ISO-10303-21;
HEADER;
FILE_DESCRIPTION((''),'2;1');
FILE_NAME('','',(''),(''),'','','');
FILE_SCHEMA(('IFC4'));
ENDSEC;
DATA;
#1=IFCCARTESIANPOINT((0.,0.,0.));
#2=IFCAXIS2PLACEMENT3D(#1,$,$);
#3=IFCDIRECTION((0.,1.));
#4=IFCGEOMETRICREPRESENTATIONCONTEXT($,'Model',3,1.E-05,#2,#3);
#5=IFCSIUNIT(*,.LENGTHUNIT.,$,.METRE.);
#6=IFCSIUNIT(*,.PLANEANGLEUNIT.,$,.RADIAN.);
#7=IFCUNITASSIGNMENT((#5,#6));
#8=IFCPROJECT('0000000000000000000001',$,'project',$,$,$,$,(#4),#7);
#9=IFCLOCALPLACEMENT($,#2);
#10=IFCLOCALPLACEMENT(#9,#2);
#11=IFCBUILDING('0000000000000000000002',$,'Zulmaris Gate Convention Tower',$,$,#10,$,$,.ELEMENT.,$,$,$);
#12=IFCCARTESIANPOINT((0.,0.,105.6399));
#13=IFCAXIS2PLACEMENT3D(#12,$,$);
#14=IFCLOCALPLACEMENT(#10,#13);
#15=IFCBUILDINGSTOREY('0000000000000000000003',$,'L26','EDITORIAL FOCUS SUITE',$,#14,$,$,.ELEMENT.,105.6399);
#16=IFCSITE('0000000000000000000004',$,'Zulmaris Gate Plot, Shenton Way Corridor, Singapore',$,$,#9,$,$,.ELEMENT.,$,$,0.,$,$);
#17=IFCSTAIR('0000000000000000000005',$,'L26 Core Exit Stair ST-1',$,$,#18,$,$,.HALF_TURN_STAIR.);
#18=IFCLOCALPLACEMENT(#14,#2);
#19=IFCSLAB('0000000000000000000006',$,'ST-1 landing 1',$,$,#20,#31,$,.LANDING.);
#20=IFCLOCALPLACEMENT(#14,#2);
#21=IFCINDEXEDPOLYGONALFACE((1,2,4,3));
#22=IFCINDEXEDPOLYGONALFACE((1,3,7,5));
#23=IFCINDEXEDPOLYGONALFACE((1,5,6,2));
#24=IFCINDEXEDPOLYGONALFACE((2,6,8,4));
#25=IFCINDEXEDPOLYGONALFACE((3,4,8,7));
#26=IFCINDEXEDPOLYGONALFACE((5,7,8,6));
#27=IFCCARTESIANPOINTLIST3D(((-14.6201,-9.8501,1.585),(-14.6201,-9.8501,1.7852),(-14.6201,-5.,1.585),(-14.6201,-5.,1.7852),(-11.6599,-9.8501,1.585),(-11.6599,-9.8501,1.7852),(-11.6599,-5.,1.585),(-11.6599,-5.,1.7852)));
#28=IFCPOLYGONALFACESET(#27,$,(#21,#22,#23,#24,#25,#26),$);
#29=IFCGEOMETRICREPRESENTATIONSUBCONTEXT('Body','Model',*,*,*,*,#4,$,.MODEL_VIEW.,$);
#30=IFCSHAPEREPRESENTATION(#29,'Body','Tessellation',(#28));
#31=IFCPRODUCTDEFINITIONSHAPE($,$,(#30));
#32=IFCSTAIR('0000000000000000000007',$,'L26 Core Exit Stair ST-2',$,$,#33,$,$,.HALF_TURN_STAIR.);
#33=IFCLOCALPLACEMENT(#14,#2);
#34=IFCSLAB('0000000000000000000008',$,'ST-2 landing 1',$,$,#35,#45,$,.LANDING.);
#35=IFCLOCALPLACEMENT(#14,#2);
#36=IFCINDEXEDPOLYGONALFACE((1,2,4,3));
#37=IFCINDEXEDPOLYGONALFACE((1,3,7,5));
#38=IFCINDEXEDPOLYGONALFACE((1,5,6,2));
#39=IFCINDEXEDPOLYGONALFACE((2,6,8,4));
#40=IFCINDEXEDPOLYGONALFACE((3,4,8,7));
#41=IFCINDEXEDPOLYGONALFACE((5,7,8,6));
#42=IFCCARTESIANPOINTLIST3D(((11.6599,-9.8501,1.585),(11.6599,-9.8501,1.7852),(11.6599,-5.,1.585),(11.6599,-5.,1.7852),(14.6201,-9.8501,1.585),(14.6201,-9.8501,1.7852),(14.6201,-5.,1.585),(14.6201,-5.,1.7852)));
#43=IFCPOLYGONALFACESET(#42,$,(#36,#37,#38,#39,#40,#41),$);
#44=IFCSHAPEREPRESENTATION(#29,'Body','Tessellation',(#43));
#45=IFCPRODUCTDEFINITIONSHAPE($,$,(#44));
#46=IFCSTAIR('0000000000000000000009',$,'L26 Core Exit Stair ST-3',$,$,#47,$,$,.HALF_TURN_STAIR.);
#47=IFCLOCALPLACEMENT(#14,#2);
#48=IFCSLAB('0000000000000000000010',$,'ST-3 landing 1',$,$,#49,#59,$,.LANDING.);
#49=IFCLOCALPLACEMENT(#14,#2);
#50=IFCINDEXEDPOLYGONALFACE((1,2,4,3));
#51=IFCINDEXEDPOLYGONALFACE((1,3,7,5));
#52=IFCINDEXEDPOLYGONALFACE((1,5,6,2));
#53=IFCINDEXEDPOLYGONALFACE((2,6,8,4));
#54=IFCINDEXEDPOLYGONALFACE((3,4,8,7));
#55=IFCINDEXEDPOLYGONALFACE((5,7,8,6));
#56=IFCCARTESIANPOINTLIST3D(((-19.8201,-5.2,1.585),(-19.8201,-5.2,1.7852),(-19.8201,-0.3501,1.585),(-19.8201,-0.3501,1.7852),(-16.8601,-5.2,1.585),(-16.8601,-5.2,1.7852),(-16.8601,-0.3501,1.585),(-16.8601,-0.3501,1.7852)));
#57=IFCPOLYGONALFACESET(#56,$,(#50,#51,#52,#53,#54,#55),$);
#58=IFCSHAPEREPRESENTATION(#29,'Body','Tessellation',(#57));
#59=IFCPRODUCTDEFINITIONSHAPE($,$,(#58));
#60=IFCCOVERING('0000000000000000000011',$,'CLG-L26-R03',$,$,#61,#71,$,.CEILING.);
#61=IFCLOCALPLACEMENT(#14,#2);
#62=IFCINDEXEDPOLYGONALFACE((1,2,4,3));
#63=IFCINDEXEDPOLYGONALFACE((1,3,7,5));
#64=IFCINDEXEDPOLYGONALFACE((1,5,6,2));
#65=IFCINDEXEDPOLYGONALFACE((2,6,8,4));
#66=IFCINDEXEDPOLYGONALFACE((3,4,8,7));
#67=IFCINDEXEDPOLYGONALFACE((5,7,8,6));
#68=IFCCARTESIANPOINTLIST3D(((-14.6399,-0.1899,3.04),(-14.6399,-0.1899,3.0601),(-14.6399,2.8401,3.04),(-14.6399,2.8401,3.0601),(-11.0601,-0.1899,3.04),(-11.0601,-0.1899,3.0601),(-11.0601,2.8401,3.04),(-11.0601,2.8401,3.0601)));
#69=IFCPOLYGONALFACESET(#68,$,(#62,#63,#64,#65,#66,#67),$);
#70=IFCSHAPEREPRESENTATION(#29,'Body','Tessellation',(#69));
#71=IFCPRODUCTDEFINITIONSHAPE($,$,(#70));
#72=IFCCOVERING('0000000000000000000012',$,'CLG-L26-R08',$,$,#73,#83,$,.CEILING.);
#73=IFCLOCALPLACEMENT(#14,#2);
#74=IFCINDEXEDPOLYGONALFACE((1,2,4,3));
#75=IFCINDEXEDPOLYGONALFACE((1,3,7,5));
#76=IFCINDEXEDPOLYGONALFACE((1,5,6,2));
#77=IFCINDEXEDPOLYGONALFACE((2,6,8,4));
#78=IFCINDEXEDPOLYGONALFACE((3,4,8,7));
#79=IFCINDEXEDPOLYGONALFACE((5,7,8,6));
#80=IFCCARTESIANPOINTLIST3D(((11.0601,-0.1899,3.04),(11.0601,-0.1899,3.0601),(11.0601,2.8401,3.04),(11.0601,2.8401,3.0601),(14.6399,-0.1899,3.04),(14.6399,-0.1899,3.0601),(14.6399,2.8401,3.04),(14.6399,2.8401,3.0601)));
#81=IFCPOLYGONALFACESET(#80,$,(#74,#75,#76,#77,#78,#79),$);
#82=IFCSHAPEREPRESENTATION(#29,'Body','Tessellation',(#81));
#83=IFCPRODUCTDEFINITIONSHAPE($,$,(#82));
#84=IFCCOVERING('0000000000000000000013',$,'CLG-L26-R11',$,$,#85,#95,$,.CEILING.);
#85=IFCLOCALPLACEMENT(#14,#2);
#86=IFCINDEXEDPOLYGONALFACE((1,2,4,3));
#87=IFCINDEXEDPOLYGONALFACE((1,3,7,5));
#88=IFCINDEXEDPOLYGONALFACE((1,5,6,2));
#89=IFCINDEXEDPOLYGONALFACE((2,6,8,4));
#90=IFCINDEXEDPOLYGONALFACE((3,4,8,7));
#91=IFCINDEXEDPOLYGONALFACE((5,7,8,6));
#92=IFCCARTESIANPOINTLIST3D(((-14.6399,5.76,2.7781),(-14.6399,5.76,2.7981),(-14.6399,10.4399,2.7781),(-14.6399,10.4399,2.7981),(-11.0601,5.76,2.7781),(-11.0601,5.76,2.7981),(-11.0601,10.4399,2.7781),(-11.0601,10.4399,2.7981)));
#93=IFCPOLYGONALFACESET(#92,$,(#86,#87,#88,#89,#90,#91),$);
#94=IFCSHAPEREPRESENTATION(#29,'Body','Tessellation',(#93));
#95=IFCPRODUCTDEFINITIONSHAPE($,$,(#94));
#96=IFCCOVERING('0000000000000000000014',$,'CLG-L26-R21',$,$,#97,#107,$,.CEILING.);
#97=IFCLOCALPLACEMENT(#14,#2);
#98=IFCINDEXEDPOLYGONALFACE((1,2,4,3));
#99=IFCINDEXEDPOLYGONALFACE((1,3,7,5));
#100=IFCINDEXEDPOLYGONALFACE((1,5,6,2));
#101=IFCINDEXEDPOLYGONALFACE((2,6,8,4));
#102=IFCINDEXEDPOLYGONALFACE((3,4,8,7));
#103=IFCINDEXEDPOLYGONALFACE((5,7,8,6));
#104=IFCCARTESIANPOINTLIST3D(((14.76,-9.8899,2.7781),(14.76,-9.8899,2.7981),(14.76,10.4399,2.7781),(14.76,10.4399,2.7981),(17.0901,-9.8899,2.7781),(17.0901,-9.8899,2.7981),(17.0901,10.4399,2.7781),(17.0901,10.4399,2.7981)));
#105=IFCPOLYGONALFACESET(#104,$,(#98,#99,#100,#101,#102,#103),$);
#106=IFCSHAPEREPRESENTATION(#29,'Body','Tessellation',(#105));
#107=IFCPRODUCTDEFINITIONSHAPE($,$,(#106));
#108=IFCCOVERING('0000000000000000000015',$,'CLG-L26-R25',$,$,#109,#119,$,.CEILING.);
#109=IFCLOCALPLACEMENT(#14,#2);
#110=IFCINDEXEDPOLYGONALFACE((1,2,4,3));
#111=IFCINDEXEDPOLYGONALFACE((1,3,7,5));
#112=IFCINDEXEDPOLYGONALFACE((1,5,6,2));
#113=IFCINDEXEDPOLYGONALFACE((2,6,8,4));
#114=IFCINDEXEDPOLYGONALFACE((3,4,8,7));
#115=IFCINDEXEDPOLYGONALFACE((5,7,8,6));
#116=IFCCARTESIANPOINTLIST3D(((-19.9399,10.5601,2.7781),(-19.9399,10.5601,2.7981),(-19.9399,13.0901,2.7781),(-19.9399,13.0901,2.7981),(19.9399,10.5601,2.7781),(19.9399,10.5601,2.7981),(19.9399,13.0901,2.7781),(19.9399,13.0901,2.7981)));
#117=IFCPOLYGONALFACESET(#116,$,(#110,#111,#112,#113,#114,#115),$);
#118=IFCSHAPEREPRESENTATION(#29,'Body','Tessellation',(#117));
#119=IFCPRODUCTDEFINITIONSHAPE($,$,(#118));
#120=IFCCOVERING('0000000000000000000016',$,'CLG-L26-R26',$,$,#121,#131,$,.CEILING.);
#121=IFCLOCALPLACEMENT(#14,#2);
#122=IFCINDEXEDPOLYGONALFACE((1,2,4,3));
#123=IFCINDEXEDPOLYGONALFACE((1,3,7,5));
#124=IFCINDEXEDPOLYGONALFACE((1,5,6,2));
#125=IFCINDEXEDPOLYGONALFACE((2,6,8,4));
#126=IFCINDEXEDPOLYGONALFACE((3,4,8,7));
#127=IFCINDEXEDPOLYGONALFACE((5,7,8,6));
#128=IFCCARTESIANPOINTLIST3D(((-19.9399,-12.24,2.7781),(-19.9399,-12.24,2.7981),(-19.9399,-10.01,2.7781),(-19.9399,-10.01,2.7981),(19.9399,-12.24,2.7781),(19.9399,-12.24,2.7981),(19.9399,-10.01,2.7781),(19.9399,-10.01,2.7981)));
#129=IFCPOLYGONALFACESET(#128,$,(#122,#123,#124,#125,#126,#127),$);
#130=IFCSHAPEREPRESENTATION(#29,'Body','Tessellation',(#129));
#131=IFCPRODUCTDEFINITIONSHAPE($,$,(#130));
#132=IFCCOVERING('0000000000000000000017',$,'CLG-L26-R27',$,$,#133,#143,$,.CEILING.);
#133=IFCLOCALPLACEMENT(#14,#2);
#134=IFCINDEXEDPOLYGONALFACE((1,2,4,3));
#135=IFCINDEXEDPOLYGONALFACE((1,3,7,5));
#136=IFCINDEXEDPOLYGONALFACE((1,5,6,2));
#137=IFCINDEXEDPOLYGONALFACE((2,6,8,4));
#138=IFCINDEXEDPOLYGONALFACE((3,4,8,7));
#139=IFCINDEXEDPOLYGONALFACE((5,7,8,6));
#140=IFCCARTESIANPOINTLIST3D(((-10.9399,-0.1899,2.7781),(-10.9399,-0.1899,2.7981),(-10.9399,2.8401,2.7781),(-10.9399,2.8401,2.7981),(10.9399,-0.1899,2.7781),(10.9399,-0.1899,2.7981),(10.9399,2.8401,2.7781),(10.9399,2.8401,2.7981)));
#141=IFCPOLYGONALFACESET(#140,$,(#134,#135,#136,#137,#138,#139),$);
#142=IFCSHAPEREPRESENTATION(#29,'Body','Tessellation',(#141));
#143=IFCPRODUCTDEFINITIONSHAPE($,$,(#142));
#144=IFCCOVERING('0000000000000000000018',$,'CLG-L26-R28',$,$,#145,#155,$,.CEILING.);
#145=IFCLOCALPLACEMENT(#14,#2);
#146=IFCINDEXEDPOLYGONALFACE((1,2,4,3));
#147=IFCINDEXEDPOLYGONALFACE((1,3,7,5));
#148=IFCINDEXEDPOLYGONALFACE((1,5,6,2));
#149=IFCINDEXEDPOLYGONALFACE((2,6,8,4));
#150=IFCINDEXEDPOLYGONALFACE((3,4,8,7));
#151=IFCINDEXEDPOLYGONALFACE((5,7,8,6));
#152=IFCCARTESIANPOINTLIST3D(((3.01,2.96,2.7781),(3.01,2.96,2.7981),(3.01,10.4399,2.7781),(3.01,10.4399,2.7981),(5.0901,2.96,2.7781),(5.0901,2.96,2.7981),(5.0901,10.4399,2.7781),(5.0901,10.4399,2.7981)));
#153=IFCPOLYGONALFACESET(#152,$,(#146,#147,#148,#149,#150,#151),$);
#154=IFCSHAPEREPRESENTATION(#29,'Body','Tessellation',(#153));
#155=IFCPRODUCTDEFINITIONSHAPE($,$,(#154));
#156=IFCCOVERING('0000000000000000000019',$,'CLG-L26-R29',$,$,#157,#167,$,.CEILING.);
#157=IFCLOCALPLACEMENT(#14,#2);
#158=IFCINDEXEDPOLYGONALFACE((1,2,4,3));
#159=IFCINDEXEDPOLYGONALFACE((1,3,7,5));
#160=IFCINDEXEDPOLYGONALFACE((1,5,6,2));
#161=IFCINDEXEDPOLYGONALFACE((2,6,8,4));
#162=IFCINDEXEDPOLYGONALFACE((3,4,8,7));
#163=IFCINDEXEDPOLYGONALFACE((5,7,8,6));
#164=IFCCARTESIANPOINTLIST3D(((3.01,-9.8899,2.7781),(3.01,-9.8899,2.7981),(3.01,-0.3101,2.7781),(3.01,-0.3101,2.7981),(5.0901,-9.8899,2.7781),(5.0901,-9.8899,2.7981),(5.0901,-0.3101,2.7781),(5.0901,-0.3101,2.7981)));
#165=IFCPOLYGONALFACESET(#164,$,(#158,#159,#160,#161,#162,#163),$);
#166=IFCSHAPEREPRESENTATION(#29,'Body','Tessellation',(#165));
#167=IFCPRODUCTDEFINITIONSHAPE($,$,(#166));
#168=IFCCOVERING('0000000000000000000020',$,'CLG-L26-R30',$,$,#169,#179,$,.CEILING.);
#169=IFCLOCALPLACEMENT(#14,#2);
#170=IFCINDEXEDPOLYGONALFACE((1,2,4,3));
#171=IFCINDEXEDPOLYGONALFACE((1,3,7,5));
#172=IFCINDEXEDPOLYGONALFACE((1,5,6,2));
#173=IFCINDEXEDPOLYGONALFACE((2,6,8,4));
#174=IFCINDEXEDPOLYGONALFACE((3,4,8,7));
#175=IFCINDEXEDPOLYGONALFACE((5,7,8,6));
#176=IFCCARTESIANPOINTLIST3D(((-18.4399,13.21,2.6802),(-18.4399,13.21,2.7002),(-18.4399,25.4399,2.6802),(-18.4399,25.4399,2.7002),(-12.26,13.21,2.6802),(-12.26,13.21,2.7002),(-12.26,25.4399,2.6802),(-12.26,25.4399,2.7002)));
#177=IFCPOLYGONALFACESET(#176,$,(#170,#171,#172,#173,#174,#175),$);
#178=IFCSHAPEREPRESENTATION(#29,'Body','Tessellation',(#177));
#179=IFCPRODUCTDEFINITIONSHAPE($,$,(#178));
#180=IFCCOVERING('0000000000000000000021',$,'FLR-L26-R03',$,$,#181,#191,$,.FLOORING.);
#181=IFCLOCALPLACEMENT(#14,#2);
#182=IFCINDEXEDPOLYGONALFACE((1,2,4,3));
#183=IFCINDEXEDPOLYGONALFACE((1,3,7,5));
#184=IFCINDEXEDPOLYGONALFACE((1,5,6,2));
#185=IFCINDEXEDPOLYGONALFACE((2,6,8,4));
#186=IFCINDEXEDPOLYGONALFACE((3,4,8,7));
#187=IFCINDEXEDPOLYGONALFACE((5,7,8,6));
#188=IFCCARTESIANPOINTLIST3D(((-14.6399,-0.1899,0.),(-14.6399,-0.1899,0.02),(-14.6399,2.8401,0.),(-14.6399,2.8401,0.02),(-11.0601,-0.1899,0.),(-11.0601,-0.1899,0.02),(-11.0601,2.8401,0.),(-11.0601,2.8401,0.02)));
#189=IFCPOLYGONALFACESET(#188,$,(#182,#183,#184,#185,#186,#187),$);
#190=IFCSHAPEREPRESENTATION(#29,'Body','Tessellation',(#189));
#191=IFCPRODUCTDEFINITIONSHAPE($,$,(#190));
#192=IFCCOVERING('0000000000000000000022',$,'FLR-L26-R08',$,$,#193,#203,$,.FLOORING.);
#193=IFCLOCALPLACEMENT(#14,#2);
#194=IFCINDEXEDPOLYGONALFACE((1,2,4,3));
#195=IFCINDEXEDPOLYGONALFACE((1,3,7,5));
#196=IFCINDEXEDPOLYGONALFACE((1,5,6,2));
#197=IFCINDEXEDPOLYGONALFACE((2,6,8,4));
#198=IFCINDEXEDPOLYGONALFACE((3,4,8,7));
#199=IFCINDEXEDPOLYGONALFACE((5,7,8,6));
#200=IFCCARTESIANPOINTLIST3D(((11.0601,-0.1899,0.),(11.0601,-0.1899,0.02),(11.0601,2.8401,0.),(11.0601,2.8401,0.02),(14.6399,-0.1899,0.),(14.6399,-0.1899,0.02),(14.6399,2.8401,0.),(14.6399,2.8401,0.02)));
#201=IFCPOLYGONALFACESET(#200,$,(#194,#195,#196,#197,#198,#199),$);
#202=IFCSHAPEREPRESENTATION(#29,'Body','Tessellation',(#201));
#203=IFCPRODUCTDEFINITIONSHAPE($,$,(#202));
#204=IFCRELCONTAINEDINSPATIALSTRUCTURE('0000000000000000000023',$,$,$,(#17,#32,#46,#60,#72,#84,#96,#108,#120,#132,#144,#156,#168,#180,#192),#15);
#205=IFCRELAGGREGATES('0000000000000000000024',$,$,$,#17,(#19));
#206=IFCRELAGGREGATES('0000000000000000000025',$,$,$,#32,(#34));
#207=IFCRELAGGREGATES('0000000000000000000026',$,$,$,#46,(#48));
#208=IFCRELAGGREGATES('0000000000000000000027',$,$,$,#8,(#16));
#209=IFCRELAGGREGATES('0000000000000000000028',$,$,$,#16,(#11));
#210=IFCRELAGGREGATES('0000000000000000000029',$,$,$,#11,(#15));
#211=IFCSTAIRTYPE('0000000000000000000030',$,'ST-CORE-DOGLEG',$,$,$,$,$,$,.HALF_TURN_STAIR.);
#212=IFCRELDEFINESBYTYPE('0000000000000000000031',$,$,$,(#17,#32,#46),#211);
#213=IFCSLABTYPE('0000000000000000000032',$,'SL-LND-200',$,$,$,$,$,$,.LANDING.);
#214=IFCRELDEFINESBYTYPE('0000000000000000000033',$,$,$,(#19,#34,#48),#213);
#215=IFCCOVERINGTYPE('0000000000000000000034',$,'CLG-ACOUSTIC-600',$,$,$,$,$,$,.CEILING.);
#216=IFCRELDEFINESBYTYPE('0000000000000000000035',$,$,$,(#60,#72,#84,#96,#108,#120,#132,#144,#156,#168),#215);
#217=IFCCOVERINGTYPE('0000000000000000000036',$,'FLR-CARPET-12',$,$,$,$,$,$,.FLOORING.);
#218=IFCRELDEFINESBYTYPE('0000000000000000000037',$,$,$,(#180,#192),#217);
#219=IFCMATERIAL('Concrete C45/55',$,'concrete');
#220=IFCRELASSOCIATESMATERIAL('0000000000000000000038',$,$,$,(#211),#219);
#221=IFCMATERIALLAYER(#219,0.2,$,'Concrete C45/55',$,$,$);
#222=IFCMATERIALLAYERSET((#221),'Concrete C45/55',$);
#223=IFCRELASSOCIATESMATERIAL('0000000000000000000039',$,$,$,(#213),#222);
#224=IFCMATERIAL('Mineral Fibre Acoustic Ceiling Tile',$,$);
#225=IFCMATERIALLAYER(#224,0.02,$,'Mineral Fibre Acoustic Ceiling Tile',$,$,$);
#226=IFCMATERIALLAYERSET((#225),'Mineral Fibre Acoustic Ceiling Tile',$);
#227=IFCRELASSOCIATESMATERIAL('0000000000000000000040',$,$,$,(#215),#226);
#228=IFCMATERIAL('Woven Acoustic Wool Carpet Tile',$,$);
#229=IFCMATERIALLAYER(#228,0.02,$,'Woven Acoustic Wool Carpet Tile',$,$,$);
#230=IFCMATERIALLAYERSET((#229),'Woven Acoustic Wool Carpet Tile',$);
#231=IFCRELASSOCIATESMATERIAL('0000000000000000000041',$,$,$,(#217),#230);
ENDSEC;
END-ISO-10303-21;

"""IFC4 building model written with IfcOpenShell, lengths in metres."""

from ifc_helpers import new_model, si_unit, direction, frame, origin, place, context, subcontext, project, spatial, polyline, outline, extrude, material, layer, layer_set, type_object, element, aggregate, save


model = new_model("IFC4")

# Units and contexts
model_context = context("Model", 3, precision=1e-05, world=origin(), true_north=direction((0.0, 1.0)))
body_context = subcontext(model_context, "Body", "Model", "MODEL_VIEW")
ifc_project = project(units=[si_unit("LENGTHUNIT", "METRE"), si_unit("PLANEANGLEUNIT", "RADIAN")], contexts=[model_context])

# Site, building, storey
site_placement = place(None, origin())
site = spatial("IfcSite", under=ifc_project, at=site_placement, Name="Zulmaris Gate Plot, Shenton Way Corridor, Singapore", CompositionType="ELEMENT", RefElevation=0.0)
building_placement = place(site_placement, origin())
building = spatial("IfcBuilding", under=site, at=building_placement, Name="Zulmaris Gate Convention Tower", CompositionType="ELEMENT")
storey_placement = place(building_placement, frame((0.0, 0.0, 105.6399)))
storey = spatial("IfcBuildingStorey", under=building, at=storey_placement, Name="L26", Description="EDITORIAL FOCUS SUITE", CompositionType="ELEMENT", Elevation=105.6399)

# Stairs, slabs
ifc_material_1 = material(Name="Concrete C45/55", Category="concrete")
stair_type = type_object("IfcStairType", Name="ST-CORE-DOGLEG", PredefinedType="HALF_TURN_STAIR", material=ifc_material_1)
stair_1_placement = place(storey_placement, origin())
stair_1 = element("IfcStair", 1, at=stair_1_placement, inside=storey, type_object=stair_type, Name="L26 Core Exit Stair ST-1", PredefinedType="HALF_TURN_STAIR")
ifc_layer_1 = layer(ifc_material_1, 0.2, Name="Concrete C45/55")
ifc_layer_set_1 = layer_set([ifc_layer_1], Name="Concrete C45/55")
slab_type = type_object("IfcSlabType", Name="SL-LND-200", PredefinedType="LANDING", material=ifc_layer_set_1)
slab_1_placement = place(storey_placement, frame((0.0, 0.0, 1.585)))
slab_1 = element("IfcSlab", 2, at=slab_1_placement, type_object=slab_type, Name="ST-1 landing 1", PredefinedType="LANDING", context=body_context, shape_type="SweptSolid", body=[
    extrude(outline(polyline([(-14.6201, -5.0), (-14.6201, -9.8501), (-11.6599, -9.8501), (-11.6599, -5.0), (-14.6201, -5.0)])), origin(), (0.0, 0.0, 1.0), 0.2002),
])
aggregate(stair_1, [slab_1])
stair_2_placement = place(storey_placement, origin())
stair_2 = element("IfcStair", 3, at=stair_2_placement, inside=storey, type_object=stair_type, Name="L26 Core Exit Stair ST-2", PredefinedType="HALF_TURN_STAIR")
slab_2_placement = place(storey_placement, frame((0.0, 0.0, 1.585)))
slab_2 = element("IfcSlab", 4, at=slab_2_placement, type_object=slab_type, Name="ST-2 landing 1", PredefinedType="LANDING", context=body_context, shape_type="SweptSolid", body=[
    extrude(outline(polyline([(11.6599, -5.0), (11.6599, -9.8501), (14.6201, -9.8501), (14.6201, -5.0), (11.6599, -5.0)])), origin(), (0.0, 0.0, 1.0), 0.2002),
])
aggregate(stair_2, [slab_2])
stair_3_placement = place(storey_placement, origin())
stair_3 = element("IfcStair", 5, at=stair_3_placement, inside=storey, type_object=stair_type, Name="L26 Core Exit Stair ST-3", PredefinedType="HALF_TURN_STAIR")
slab_3_placement = place(storey_placement, frame((0.0, 0.0, 1.585)))
slab_3 = element("IfcSlab", 6, at=slab_3_placement, type_object=slab_type, Name="ST-3 landing 1", PredefinedType="LANDING", context=body_context, shape_type="SweptSolid", body=[
    extrude(outline(polyline([(-16.8601, -5.2), (-16.8601, -0.3501), (-19.8201, -0.3501), (-19.8201, -5.2), (-16.8601, -5.2)])), origin(), (0.0, 0.0, 1.0), 0.2002),
])
aggregate(stair_3, [slab_3])

# Coverings
ifc_material_2 = material(Name="Mineral Fibre Acoustic Ceiling Tile")
ifc_layer_2 = layer(ifc_material_2, 0.02, Name="Mineral Fibre Acoustic Ceiling Tile")
ifc_layer_set_2 = layer_set([ifc_layer_2], Name="Mineral Fibre Acoustic Ceiling Tile")
covering_type_1 = type_object("IfcCoveringType", Name="CLG-ACOUSTIC-600", PredefinedType="CEILING", material=ifc_layer_set_2)
covering_1_placement = place(storey_placement, frame((0.0, 0.0, 3.04)))
element("IfcCovering", 7, at=covering_1_placement, inside=storey, type_object=covering_type_1, Name="CLG-L26-R03", PredefinedType="CEILING", context=body_context, shape_type="SweptSolid", body=[
    extrude(outline(polyline([(-14.6399, -0.1899), (-11.0601, -0.1899), (-11.0601, 2.8401), (-14.6399, 2.8401), (-14.6399, -0.1899)])), origin(), (0.0, 0.0, 1.0), 0.02),
])
covering_2_placement = place(storey_placement, frame((0.0, 0.0, 3.04)))
element("IfcCovering", 8, at=covering_2_placement, inside=storey, type_object=covering_type_1, Name="CLG-L26-R08", PredefinedType="CEILING", context=body_context, shape_type="SweptSolid", body=[
    extrude(outline(polyline([(11.0601, -0.1899), (14.6399, -0.1899), (14.6399, 2.8401), (11.0601, 2.8401), (11.0601, -0.1899)])), origin(), (0.0, 0.0, 1.0), 0.02),
])
covering_3_placement = place(storey_placement, frame((0.0, 0.0, 2.7781)))
element("IfcCovering", 9, at=covering_3_placement, inside=storey, type_object=covering_type_1, Name="CLG-L26-R11", PredefinedType="CEILING", context=body_context, shape_type="SweptSolid", body=[
    extrude(outline(polyline([(-14.6399, 5.76), (-11.0601, 5.76), (-11.0601, 10.4399), (-14.6399, 10.4399), (-14.6399, 5.76)])), origin(), (0.0, 0.0, 1.0), 0.02),
])
covering_4_placement = place(storey_placement, frame((0.0, 0.0, 2.7781)))
element("IfcCovering", 10, at=covering_4_placement, inside=storey, type_object=covering_type_1, Name="CLG-L26-R21", PredefinedType="CEILING", context=body_context, shape_type="SweptSolid", body=[
    extrude(outline(polyline([(14.76, -9.8899), (17.0901, -9.8899), (17.0901, 10.4399), (14.76, 10.4399), (14.76, -9.8899)])), origin(), (0.0, 0.0, 1.0), 0.02),
])
covering_5_placement = place(storey_placement, frame((0.0, 0.0, 2.7781)))
element("IfcCovering", 11, at=covering_5_placement, inside=storey, type_object=covering_type_1, Name="CLG-L26-R25", PredefinedType="CEILING", context=body_context, shape_type="SweptSolid", body=[
    extrude(outline(polyline([(-19.9399, 10.5601), (19.9399, 10.5601), (19.9399, 13.0901), (-19.9399, 13.0901), (-19.9399, 10.5601)])), origin(), (0.0, 0.0, 1.0), 0.02),
])
covering_6_placement = place(storey_placement, frame((0.0, 0.0, 2.7781)))
element("IfcCovering", 12, at=covering_6_placement, inside=storey, type_object=covering_type_1, Name="CLG-L26-R26", PredefinedType="CEILING", context=body_context, shape_type="SweptSolid", body=[
    extrude(outline(polyline([(-19.9399, -12.24), (19.9399, -12.24), (19.9399, -10.01), (-19.9399, -10.01), (-19.9399, -12.24)])), origin(), (0.0, 0.0, 1.0), 0.02),
])
covering_7_placement = place(storey_placement, frame((0.0, 0.0, 2.7781)))
element("IfcCovering", 13, at=covering_7_placement, inside=storey, type_object=covering_type_1, Name="CLG-L26-R27", PredefinedType="CEILING", context=body_context, shape_type="SweptSolid", body=[
    extrude(outline(polyline([(-10.9399, -0.1899), (10.9399, -0.1899), (10.9399, 2.8401), (-10.9399, 2.8401), (-10.9399, -0.1899)])), origin(), (0.0, 0.0, 1.0), 0.02),
])
covering_8_placement = place(storey_placement, frame((0.0, 0.0, 2.7781)))
element("IfcCovering", 14, at=covering_8_placement, inside=storey, type_object=covering_type_1, Name="CLG-L26-R28", PredefinedType="CEILING", context=body_context, shape_type="SweptSolid", body=[
    extrude(outline(polyline([(3.01, 2.96), (5.0901, 2.96), (5.0901, 10.4399), (3.01, 10.4399), (3.01, 2.96)])), origin(), (0.0, 0.0, 1.0), 0.02),
])
covering_9_placement = place(storey_placement, frame((0.0, 0.0, 2.7781)))
element("IfcCovering", 15, at=covering_9_placement, inside=storey, type_object=covering_type_1, Name="CLG-L26-R29", PredefinedType="CEILING", context=body_context, shape_type="SweptSolid", body=[
    extrude(outline(polyline([(3.01, -9.8899), (5.0901, -9.8899), (5.0901, -0.3101), (3.01, -0.3101), (3.01, -9.8899)])), origin(), (0.0, 0.0, 1.0), 0.02),
])
covering_10_placement = place(storey_placement, frame((0.0, 0.0, 2.6802)))
element("IfcCovering", 16, at=covering_10_placement, inside=storey, type_object=covering_type_1, Name="CLG-L26-R30", PredefinedType="CEILING", context=body_context, shape_type="SweptSolid", body=[
    extrude(outline(polyline([(-18.4399, 13.21), (-12.26, 13.21), (-12.26, 25.4399), (-18.4399, 25.4399), (-18.4399, 13.21)])), origin(), (0.0, 0.0, 1.0), 0.02),
])
ifc_material_3 = material(Name="Woven Acoustic Wool Carpet Tile")
ifc_layer_3 = layer(ifc_material_3, 0.02, Name="Woven Acoustic Wool Carpet Tile")
ifc_layer_set_3 = layer_set([ifc_layer_3], Name="Woven Acoustic Wool Carpet Tile")
covering_type_2 = type_object("IfcCoveringType", Name="FLR-CARPET-12", PredefinedType="FLOORING", material=ifc_layer_set_3)
covering_11_placement = place(storey_placement, origin())
element("IfcCovering", 17, at=covering_11_placement, inside=storey, type_object=covering_type_2, Name="FLR-L26-R03", PredefinedType="FLOORING", context=body_context, shape_type="SweptSolid", body=[
    extrude(outline(polyline([(-14.6399, -0.1899), (-11.0601, -0.1899), (-11.0601, 2.8401), (-14.6399, 2.8401), (-14.6399, -0.1899)])), origin(), (0.0, 0.0, 1.0), 0.02),
])
covering_12_placement = place(storey_placement, origin())
element("IfcCovering", 18, at=covering_12_placement, inside=storey, type_object=covering_type_2, Name="FLR-L26-R08", PredefinedType="FLOORING", context=body_context, shape_type="SweptSolid", body=[
    extrude(outline(polyline([(11.0601, -0.1899), (14.6399, -0.1899), (14.6399, 2.8401), (11.0601, 2.8401), (11.0601, -0.1899)])), origin(), (0.0, 0.0, 1.0), 0.02),
])

save(model, "model.ifc")
